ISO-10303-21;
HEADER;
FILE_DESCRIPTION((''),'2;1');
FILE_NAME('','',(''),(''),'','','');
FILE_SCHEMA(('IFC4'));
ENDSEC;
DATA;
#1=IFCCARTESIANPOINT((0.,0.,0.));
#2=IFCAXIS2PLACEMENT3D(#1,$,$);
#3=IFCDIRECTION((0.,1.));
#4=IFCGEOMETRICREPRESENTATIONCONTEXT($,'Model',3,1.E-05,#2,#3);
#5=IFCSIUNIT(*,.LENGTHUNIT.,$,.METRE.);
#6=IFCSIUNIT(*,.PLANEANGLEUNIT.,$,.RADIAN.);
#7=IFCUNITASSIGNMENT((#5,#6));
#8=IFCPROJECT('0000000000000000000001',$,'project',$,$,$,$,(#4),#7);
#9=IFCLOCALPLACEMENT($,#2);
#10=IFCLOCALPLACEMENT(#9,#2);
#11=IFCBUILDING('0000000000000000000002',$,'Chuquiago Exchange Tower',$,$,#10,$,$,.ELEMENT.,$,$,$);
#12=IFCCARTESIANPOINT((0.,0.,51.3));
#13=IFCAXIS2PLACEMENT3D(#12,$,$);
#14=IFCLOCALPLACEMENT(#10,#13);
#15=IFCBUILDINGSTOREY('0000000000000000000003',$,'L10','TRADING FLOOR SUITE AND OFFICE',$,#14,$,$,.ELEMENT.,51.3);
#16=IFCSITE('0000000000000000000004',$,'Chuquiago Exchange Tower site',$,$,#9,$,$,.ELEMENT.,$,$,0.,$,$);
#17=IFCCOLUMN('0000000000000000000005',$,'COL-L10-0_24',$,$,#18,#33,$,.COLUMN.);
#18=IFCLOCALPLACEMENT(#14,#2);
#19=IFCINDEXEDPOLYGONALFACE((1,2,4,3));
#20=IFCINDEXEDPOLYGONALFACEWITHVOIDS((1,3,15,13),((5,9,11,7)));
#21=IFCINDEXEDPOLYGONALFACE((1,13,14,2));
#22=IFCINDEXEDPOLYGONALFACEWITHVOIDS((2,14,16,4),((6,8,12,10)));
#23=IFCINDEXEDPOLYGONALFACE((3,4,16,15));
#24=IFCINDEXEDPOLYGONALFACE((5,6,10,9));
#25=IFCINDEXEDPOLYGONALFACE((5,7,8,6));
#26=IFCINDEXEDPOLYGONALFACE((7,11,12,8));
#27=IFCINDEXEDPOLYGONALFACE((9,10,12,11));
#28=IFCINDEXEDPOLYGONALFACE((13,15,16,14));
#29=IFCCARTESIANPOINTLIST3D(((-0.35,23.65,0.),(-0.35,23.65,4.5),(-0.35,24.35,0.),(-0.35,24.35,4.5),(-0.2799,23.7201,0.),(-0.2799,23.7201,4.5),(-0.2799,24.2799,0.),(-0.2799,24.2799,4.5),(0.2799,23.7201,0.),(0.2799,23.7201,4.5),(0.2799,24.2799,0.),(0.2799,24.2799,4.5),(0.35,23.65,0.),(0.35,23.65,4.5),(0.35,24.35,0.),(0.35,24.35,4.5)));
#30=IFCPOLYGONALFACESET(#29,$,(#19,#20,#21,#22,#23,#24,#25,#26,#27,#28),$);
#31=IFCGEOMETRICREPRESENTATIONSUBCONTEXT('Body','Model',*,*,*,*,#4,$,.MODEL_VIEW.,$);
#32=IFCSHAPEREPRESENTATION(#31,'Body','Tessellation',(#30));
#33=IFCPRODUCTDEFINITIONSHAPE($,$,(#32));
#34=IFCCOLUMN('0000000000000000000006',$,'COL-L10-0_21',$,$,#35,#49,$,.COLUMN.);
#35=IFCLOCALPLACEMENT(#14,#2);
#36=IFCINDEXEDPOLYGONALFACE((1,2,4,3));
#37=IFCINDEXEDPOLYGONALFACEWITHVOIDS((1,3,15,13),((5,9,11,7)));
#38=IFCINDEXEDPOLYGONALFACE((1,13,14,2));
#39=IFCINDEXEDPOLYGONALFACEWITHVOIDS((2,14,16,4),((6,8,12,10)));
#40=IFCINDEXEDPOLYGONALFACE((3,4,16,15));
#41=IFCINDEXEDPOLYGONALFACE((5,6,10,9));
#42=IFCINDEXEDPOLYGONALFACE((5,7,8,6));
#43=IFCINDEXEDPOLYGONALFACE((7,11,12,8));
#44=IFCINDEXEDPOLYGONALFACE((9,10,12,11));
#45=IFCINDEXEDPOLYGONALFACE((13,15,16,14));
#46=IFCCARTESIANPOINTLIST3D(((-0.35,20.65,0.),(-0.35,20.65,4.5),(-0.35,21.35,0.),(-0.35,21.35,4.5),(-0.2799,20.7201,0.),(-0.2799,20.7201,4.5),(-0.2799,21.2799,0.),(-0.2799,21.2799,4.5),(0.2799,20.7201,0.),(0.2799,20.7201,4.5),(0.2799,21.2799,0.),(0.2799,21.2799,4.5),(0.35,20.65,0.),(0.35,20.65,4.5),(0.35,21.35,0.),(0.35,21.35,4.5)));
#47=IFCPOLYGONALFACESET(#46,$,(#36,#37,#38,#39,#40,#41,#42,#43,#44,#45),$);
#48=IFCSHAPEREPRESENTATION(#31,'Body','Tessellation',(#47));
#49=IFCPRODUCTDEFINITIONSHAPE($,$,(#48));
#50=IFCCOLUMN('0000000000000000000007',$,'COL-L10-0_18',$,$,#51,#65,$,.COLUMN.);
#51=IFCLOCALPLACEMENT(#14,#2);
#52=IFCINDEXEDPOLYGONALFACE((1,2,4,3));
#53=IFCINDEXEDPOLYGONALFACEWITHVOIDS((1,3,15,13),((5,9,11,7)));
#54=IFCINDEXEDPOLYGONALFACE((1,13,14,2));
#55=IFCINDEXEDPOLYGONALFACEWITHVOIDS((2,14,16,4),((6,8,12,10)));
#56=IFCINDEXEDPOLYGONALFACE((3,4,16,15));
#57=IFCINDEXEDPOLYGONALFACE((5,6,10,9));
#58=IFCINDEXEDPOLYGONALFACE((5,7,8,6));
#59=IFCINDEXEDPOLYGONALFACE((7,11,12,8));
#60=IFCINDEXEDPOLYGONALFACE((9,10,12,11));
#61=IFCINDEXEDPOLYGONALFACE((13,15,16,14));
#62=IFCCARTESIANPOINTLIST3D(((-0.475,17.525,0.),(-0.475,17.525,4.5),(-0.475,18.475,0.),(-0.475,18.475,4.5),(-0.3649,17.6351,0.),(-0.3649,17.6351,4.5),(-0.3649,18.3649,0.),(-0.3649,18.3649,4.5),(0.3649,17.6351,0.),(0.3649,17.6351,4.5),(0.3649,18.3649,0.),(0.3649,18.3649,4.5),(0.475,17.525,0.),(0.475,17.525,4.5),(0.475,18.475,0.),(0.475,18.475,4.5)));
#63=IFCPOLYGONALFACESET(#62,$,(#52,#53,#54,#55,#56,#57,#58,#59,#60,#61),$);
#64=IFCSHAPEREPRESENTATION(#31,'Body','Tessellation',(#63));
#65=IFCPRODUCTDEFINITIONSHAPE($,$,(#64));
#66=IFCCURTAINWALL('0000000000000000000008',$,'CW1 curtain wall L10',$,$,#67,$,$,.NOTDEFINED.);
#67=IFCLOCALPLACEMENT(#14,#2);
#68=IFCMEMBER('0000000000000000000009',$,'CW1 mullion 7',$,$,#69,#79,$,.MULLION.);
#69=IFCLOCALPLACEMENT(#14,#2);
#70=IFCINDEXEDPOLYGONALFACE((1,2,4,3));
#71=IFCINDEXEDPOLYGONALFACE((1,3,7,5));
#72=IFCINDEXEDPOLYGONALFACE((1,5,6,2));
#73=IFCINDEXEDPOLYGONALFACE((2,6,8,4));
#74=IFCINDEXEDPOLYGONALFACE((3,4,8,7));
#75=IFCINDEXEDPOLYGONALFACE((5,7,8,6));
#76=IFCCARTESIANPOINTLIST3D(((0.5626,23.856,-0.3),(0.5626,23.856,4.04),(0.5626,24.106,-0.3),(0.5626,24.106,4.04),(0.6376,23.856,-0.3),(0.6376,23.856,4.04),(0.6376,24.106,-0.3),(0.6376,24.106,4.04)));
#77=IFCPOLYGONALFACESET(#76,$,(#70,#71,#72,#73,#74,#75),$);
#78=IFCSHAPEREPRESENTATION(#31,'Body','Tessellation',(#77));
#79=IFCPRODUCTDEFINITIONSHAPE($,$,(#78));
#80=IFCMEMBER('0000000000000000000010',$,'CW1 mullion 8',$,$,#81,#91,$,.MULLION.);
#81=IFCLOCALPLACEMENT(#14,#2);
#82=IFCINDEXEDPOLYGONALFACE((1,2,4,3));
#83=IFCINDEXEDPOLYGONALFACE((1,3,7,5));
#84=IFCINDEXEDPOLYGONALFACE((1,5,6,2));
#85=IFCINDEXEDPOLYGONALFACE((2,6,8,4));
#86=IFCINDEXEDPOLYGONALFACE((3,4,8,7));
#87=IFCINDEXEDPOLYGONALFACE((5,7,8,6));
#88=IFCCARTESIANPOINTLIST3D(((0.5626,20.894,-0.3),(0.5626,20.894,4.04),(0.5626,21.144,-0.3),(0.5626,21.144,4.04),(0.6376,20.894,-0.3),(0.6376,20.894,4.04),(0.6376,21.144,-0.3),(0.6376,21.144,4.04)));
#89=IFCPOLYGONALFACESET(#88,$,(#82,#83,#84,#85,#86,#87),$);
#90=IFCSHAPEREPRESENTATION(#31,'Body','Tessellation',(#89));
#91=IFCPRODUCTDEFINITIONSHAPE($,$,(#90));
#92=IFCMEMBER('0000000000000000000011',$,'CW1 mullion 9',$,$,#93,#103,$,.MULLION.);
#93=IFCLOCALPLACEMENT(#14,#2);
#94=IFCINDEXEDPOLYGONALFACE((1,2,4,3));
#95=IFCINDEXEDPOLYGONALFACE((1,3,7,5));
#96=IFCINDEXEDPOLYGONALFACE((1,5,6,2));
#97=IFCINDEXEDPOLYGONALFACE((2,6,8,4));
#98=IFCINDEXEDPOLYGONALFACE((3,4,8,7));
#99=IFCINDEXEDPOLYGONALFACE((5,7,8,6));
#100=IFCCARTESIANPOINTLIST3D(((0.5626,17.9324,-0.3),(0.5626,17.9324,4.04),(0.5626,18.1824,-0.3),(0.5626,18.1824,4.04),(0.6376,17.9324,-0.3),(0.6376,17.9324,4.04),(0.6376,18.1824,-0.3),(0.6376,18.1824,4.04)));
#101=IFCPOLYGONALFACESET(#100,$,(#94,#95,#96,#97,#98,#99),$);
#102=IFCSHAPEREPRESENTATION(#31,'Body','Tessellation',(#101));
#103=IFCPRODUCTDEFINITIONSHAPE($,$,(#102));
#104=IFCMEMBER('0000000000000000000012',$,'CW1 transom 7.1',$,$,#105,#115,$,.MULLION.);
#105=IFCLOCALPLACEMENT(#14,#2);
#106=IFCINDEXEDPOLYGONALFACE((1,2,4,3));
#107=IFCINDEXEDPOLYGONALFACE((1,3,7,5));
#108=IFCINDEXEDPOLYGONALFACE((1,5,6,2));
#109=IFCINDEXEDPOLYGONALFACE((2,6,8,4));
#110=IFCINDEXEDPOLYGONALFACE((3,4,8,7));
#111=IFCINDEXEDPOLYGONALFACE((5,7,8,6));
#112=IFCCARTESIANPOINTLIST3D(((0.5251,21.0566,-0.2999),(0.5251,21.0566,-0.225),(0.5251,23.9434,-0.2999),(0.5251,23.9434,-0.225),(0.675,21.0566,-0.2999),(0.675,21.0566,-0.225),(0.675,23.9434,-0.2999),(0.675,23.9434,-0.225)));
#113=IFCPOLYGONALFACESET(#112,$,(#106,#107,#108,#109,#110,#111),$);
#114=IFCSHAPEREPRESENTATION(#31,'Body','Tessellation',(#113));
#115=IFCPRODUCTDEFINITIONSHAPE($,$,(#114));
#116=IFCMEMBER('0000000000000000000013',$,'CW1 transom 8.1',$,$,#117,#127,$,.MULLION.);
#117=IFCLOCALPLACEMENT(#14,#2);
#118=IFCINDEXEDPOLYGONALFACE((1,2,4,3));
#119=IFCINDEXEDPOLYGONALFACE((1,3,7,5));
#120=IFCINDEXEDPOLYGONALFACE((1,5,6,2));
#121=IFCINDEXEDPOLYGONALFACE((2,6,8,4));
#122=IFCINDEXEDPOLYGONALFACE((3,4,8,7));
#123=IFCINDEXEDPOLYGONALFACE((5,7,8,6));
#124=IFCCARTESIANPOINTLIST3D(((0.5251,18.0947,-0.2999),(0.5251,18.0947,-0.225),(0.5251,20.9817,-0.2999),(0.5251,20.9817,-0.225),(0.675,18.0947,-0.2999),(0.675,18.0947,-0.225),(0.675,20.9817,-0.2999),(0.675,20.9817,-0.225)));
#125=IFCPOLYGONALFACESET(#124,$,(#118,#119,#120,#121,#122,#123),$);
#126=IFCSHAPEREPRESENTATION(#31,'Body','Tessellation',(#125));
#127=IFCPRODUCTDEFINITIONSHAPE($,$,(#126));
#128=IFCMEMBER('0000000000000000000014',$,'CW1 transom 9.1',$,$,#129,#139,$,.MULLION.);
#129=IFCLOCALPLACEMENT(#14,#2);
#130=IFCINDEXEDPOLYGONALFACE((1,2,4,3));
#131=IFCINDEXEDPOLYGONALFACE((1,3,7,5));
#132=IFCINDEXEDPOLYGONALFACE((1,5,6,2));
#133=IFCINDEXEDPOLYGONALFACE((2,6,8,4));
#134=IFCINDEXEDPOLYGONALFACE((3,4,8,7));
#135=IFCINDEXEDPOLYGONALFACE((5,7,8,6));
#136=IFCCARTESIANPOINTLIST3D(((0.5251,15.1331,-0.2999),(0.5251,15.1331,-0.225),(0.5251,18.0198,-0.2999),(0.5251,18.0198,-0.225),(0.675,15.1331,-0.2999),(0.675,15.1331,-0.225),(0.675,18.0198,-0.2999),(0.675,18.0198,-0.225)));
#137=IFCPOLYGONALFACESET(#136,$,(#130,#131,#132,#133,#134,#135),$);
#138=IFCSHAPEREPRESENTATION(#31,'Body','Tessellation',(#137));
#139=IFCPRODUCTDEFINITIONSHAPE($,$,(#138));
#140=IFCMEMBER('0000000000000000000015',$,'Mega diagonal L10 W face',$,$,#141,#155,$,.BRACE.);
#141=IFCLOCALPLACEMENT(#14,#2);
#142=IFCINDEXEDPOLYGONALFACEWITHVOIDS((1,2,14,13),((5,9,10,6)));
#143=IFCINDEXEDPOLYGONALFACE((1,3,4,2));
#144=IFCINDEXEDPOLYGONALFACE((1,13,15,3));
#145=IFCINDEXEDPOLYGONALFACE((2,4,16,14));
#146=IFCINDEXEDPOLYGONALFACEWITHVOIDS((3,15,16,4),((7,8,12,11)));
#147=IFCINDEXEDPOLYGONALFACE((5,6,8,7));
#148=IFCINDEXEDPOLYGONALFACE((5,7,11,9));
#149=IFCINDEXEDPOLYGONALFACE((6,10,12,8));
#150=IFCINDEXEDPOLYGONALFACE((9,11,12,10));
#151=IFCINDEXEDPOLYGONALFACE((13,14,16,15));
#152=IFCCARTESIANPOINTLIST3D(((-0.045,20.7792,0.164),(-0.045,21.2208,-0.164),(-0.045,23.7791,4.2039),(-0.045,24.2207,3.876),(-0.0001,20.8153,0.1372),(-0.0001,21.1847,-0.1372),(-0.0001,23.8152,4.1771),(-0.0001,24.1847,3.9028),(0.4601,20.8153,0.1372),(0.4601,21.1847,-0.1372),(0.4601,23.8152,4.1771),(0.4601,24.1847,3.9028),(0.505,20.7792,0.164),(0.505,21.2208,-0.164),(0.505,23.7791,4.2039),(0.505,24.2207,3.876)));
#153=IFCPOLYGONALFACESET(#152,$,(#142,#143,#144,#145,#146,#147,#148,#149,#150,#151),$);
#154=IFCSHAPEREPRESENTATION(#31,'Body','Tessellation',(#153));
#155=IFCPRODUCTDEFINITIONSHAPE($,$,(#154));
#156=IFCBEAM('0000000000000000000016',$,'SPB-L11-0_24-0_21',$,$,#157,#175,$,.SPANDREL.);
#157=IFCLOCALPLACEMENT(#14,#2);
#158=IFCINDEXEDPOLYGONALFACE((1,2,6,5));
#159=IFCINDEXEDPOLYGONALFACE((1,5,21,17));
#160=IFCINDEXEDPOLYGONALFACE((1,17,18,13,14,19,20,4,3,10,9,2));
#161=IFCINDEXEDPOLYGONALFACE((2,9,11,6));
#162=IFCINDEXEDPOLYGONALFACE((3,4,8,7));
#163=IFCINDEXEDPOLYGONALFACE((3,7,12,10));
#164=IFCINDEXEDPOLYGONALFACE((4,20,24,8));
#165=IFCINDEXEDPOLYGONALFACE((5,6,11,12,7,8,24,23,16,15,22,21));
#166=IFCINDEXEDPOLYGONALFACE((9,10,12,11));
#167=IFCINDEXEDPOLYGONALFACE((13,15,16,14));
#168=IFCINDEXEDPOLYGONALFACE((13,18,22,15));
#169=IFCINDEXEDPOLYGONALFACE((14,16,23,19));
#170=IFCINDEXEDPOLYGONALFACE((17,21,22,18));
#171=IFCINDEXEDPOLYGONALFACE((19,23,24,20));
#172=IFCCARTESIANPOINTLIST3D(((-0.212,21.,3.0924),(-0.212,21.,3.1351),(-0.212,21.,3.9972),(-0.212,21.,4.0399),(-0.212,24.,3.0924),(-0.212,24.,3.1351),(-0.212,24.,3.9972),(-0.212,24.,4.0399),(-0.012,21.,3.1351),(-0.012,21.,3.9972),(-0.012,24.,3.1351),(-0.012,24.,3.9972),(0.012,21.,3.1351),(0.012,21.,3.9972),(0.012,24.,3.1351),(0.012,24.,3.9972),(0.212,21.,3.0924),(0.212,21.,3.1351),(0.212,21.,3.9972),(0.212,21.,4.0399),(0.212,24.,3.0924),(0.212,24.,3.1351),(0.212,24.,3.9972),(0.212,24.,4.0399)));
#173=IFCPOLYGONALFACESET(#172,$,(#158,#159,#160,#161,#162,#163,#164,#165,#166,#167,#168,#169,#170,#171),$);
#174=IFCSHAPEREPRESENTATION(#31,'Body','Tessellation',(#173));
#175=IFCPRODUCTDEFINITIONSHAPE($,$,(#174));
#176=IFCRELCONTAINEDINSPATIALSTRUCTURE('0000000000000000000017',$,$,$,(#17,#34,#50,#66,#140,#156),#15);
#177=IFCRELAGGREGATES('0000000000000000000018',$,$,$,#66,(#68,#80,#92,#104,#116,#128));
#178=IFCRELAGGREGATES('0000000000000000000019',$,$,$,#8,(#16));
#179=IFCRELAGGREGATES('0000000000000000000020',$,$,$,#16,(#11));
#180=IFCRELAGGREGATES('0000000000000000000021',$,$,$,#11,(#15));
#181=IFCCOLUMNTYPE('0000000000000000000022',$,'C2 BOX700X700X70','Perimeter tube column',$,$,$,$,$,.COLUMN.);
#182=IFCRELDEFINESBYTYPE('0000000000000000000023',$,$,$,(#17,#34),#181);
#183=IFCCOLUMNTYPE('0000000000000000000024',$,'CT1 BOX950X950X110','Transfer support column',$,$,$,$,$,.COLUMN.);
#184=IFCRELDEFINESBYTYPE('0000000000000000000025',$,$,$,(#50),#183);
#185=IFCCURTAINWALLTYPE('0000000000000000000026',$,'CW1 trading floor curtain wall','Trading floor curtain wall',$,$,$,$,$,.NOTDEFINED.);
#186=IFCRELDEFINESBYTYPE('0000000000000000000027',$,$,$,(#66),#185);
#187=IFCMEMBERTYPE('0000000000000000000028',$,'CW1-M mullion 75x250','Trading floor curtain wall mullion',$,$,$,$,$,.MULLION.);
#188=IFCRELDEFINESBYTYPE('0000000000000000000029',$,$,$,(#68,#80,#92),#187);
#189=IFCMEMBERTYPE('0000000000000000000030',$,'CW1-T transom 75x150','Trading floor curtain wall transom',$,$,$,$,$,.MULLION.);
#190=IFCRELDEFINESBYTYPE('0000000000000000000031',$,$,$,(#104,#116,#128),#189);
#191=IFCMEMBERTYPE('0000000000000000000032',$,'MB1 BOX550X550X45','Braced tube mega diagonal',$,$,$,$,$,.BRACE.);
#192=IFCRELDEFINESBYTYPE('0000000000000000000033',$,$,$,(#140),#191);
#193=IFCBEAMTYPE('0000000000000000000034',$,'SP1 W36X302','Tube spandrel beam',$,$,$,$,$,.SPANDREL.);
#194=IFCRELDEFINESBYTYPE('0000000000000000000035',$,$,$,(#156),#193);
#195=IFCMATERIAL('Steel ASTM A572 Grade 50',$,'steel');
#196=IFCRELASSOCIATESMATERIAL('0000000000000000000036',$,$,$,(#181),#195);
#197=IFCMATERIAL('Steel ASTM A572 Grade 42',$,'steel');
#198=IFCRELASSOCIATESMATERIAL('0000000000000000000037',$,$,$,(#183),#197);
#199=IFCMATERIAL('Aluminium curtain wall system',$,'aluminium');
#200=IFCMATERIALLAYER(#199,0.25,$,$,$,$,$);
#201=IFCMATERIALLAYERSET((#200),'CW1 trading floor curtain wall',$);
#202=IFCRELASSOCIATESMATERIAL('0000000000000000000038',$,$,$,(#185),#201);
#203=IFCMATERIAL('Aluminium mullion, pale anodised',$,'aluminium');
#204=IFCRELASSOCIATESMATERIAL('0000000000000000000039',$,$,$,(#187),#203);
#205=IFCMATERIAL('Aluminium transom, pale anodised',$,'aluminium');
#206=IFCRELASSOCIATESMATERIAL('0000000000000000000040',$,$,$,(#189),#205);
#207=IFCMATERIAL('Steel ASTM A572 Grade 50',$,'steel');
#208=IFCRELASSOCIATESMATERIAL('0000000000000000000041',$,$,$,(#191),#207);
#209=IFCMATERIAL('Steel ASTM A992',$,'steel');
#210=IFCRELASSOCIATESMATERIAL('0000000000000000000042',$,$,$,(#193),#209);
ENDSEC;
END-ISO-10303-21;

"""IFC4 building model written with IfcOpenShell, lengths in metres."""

from ifc_helpers import new_model, si_unit, direction, frame, origin, origin_2d, place, context, subcontext, project, spatial, rectangle, hollow_rectangle, i_section, extrude, material, layer, layer_set, material_profile, profile_set, type_object, element, aggregate, save


model = new_model("IFC4")

# Units and contexts
model_context = context("Model", 3, precision=1e-05, world=origin(), true_north=direction((0.0, 1.0)))
body_context = subcontext(model_context, "Body", "Model", "MODEL_VIEW")
ifc_project = project(units=[si_unit("LENGTHUNIT", "METRE"), si_unit("PLANEANGLEUNIT", "RADIAN")], contexts=[model_context])

# Site, building, storey
site_placement = place(None, origin())
site = spatial("IfcSite", under=ifc_project, at=site_placement, Name="Chuquiago Exchange Tower site", CompositionType="ELEMENT", RefElevation=0.0)
building_placement = place(site_placement, origin())
building = spatial("IfcBuilding", under=site, at=building_placement, Name="Chuquiago Exchange Tower", CompositionType="ELEMENT")
storey_placement = place(building_placement, frame((0.0, 0.0, 51.3)))
storey = spatial("IfcBuildingStorey", under=building, at=storey_placement, Name="L10", Description="TRADING FLOOR SUITE AND OFFICE", CompositionType="ELEMENT", Elevation=51.3)

# Columns
ifc_material_1 = material(Name="Steel ASTM A572 Grade 50", Category="steel")
ifc_material_profile_1 = material_profile(ifc_material_1, hollow_rectangle(XDim=0.7, YDim=0.7, WallThickness=0.0701, at=origin_2d()), Name="BOX700X700X70")
ifc_profile_set_1 = profile_set([ifc_material_profile_1], Name="Steel ASTM A572 Grade 50")
column_type_1 = type_object("IfcColumnType", Name="C2 BOX700X700X70", Description="Perimeter tube column", PredefinedType="COLUMN", material=ifc_profile_set_1)
for number, where, z_axis, x_axis, name in (
    (1, (0.0, 24.0, 0.0), (0.0, 0.0, 1.0), (-1.0, 0.0, 0.0), "COL-L10-0_24"),
    (2, (0.0, 21.0, 0.0), (0.0, 0.0, 1.0), (-1.0, 0.0, 0.0), "COL-L10-0_21"),
):
    element("IfcColumn", number, at=place(storey_placement, frame(where, z_axis=z_axis, x_axis=x_axis)), inside=storey, type_object=column_type_1, Name=name, PredefinedType="COLUMN", context=body_context, shape_type="SweptSolid", body=[
        extrude(hollow_rectangle(XDim=0.7, YDim=0.7, WallThickness=0.0701, at=origin_2d()), origin(), (0.0, 0.0, 1.0), 4.5),
    ])
ifc_material_2 = material(Name="Steel ASTM A572 Grade 42", Category="steel")
ifc_material_profile_2 = material_profile(ifc_material_2, hollow_rectangle(XDim=0.95, YDim=0.95, WallThickness=0.1101, at=origin_2d()), Name="BOX950X950X110")
ifc_profile_set_2 = profile_set([ifc_material_profile_2], Name="Steel ASTM A572 Grade 42")
column_type_2 = type_object("IfcColumnType", Name="CT1 BOX950X950X110", Description="Transfer support column", PredefinedType="COLUMN", material=ifc_profile_set_2)
column_placement = place(storey_placement, frame((0.0, 18.0, 0.0), z_axis=(0.0, 0.0, 1.0), x_axis=(-1.0, 0.0, 0.0)))
element("IfcColumn", 3, at=column_placement, inside=storey, type_object=column_type_2, Name="COL-L10-0_18", PredefinedType="COLUMN", context=body_context, shape_type="SweptSolid", body=[
    extrude(hollow_rectangle(XDim=0.95, YDim=0.95, WallThickness=0.1101, at=origin_2d()), origin(), (0.0, 0.0, 1.0), 4.5),
])

# Curtain wall, members
ifc_material_3 = material(Name="Aluminium curtain wall system", Category="aluminium")
ifc_layer_1 = layer(ifc_material_3, 0.25)
ifc_layer_set_1 = layer_set([ifc_layer_1], Name="CW1 trading floor curtain wall")
curtain_wall_type = type_object("IfcCurtainWallType", Name="CW1 trading floor curtain wall", Description="Trading floor curtain wall", PredefinedType="NOTDEFINED", material=ifc_layer_set_1)
curtain_wall_placement = place(storey_placement, origin())
curtain_wall = element("IfcCurtainWall", 4, at=curtain_wall_placement, inside=storey, type_object=curtain_wall_type, Name="CW1 curtain wall L10", PredefinedType="NOTDEFINED")
ifc_material_4 = material(Name="Aluminium mullion, pale anodised", Category="aluminium")
ifc_material_profile_3 = material_profile(ifc_material_4, rectangle(XDim=0.075, YDim=0.25, at=origin_2d()), Name="AL 75x250")
ifc_profile_set_3 = profile_set([ifc_material_profile_3], Name="Aluminium mullion, pale anodised")
member_type_1 = type_object("IfcMemberType", Name="CW1-M mullion 75x250", Description="Trading floor curtain wall mullion", PredefinedType="MULLION", material=ifc_profile_set_3)
member_1_placement = place(storey_placement, frame((0.6001, 23.981, -0.3), z_axis=(0.0, 0.0, 1.0), x_axis=(1.0, 0.0, 0.0)))
member_1 = element("IfcMember", 5, at=member_1_placement, type_object=member_type_1, Name="CW1 mullion 7", PredefinedType="MULLION", context=body_context, shape_type="SweptSolid", body=[
    extrude(rectangle(XDim=0.075, YDim=0.25, at=origin_2d()), origin(), (0.0, 0.0, 1.0), 4.3401),
])
member_2_placement = place(storey_placement, frame((0.6001, 21.019, -0.3), z_axis=(0.0, 0.0, 1.0), x_axis=(1.0, 0.0, 0.0)))
member_2 = element("IfcMember", 6, at=member_2_placement, type_object=member_type_1, Name="CW1 mullion 8", PredefinedType="MULLION", context=body_context, shape_type="SweptSolid", body=[
    extrude(rectangle(XDim=0.075, YDim=0.25, at=origin_2d()), origin(), (0.0, 0.0, 1.0), 4.3401),
])
member_3_placement = place(storey_placement, frame((0.6001, 18.0574, -0.3), z_axis=(0.0, 0.0, 1.0), x_axis=(1.0, 0.0, 0.0)))
member_3 = element("IfcMember", 7, at=member_3_placement, type_object=member_type_1, Name="CW1 mullion 9", PredefinedType="MULLION", context=body_context, shape_type="SweptSolid", body=[
    extrude(rectangle(XDim=0.075, YDim=0.25, at=origin_2d()), origin(), (0.0, 0.0, 1.0), 4.3401),
])
ifc_material_5 = material(Name="Aluminium transom, pale anodised", Category="aluminium")
ifc_material_profile_4 = material_profile(ifc_material_5, rectangle(XDim=0.1499, YDim=0.075, at=origin_2d()), Name="AL 150x75")
ifc_profile_set_4 = profile_set([ifc_material_profile_4], Name="Aluminium transom, pale anodised")
member_type_2 = type_object("IfcMemberType", Name="CW1-T transom 75x150", Description="Trading floor curtain wall transom", PredefinedType="MULLION", material=ifc_profile_set_4)
member_4_placement = place(storey_placement, frame((0.6001, 23.9434, -0.2625), z_axis=(0.0, -1.0, 0.0), x_axis=(1.0, 0.0, 0.0)))
member_4 = element("IfcMember", 8, at=member_4_placement, type_object=member_type_2, Name="CW1 transom 7.1", PredefinedType="MULLION", context=body_context, shape_type="SweptSolid", body=[
    extrude(rectangle(XDim=0.1499, YDim=0.075, at=origin_2d()), origin(), (0.0, 0.0, 1.0), 2.8867),
])
member_5_placement = place(storey_placement, frame((0.6001, 20.9817, -0.2625), z_axis=(0.0, -1.0, 0.0), x_axis=(1.0, 0.0, 0.0)))
member_5 = element("IfcMember", 9, at=member_5_placement, type_object=member_type_2, Name="CW1 transom 8.1", PredefinedType="MULLION", context=body_context, shape_type="SweptSolid", body=[
    extrude(rectangle(XDim=0.1499, YDim=0.075, at=origin_2d()), origin(), (0.0, 0.0, 1.0), 2.887),
])
member_6_placement = place(storey_placement, frame((0.6001, 18.0198, -0.2625), z_axis=(0.0, -1.0, 0.0), x_axis=(1.0, 0.0, 0.0)))
member_6 = element("IfcMember", 10, at=member_6_placement, type_object=member_type_2, Name="CW1 transom 9.1", PredefinedType="MULLION", context=body_context, shape_type="SweptSolid", body=[
    extrude(rectangle(XDim=0.1499, YDim=0.075, at=origin_2d()), origin(), (0.0, 0.0, 1.0), 2.8867),
])

# Member
ifc_material_6 = material(Name="Steel ASTM A572 Grade 50", Category="steel")
ifc_material_profile_5 = material_profile(ifc_material_6, hollow_rectangle(XDim=0.55, YDim=0.55, WallThickness=0.0449, at=origin_2d()), Name="BOX550X550X45")
ifc_profile_set_5 = profile_set([ifc_material_profile_5], Name="Steel ASTM A572 Grade 50")
member_type_3 = type_object("IfcMemberType", Name="MB1 BOX550X550X45", Description="Braced tube mega diagonal", PredefinedType="BRACE", material=ifc_profile_set_5)
member_7_placement = place(storey_placement, frame((0.23, 21.0, 0.0), z_axis=(0.0, 0.596174, 0.802855), x_axis=(-1.0, 0.0, 0.0)))
element("IfcMember", 11, at=member_7_placement, inside=storey, type_object=member_type_3, Name="Mega diagonal L10 W face", PredefinedType="BRACE", context=body_context, shape_type="SweptSolid", body=[
    extrude(hollow_rectangle(XDim=0.55, YDim=0.55, WallThickness=0.0449, at=origin_2d()), origin(), (0.0, 0.0, 1.0), 5.032),
])

# Beam
ifc_material_7 = material(Name="Steel ASTM A992", Category="steel")
ifc_material_profile_6 = material_profile(ifc_material_7, i_section(OverallWidth=0.4241, OverallDepth=0.9475, WebThickness=0.0239, FlangeThickness=0.0427, at=origin_2d()), Name="W36X302")
ifc_profile_set_6 = profile_set([ifc_material_profile_6], Name="Steel ASTM A992")
beam_type = type_object("IfcBeamType", Name="SP1 W36X302", Description="Tube spandrel beam", PredefinedType="SPANDREL", material=ifc_profile_set_6)
for number, where, z_axis, x_axis, name in (
    (12, (0.0, 24.0, 3.5662), (0.0, -1.0, 0.0), (1.0, 0.0, 0.0), "SPB-L11-0_24-0_21"),
):
    element("IfcBeam", number, at=place(storey_placement, frame(where, z_axis=z_axis, x_axis=x_axis)), inside=storey, type_object=beam_type, Name=name, PredefinedType="SPANDREL", context=body_context, shape_type="SweptSolid", body=[
        extrude(i_section(OverallWidth=0.4241, OverallDepth=0.9475, WebThickness=0.0239, FlangeThickness=0.0427, at=origin_2d()), origin(), (0.0, 0.0, 1.0), 3.0),
    ])

aggregate(curtain_wall, [member_1, member_2, member_3, member_4, member_5, member_6])

save(model, "model.ifc")
